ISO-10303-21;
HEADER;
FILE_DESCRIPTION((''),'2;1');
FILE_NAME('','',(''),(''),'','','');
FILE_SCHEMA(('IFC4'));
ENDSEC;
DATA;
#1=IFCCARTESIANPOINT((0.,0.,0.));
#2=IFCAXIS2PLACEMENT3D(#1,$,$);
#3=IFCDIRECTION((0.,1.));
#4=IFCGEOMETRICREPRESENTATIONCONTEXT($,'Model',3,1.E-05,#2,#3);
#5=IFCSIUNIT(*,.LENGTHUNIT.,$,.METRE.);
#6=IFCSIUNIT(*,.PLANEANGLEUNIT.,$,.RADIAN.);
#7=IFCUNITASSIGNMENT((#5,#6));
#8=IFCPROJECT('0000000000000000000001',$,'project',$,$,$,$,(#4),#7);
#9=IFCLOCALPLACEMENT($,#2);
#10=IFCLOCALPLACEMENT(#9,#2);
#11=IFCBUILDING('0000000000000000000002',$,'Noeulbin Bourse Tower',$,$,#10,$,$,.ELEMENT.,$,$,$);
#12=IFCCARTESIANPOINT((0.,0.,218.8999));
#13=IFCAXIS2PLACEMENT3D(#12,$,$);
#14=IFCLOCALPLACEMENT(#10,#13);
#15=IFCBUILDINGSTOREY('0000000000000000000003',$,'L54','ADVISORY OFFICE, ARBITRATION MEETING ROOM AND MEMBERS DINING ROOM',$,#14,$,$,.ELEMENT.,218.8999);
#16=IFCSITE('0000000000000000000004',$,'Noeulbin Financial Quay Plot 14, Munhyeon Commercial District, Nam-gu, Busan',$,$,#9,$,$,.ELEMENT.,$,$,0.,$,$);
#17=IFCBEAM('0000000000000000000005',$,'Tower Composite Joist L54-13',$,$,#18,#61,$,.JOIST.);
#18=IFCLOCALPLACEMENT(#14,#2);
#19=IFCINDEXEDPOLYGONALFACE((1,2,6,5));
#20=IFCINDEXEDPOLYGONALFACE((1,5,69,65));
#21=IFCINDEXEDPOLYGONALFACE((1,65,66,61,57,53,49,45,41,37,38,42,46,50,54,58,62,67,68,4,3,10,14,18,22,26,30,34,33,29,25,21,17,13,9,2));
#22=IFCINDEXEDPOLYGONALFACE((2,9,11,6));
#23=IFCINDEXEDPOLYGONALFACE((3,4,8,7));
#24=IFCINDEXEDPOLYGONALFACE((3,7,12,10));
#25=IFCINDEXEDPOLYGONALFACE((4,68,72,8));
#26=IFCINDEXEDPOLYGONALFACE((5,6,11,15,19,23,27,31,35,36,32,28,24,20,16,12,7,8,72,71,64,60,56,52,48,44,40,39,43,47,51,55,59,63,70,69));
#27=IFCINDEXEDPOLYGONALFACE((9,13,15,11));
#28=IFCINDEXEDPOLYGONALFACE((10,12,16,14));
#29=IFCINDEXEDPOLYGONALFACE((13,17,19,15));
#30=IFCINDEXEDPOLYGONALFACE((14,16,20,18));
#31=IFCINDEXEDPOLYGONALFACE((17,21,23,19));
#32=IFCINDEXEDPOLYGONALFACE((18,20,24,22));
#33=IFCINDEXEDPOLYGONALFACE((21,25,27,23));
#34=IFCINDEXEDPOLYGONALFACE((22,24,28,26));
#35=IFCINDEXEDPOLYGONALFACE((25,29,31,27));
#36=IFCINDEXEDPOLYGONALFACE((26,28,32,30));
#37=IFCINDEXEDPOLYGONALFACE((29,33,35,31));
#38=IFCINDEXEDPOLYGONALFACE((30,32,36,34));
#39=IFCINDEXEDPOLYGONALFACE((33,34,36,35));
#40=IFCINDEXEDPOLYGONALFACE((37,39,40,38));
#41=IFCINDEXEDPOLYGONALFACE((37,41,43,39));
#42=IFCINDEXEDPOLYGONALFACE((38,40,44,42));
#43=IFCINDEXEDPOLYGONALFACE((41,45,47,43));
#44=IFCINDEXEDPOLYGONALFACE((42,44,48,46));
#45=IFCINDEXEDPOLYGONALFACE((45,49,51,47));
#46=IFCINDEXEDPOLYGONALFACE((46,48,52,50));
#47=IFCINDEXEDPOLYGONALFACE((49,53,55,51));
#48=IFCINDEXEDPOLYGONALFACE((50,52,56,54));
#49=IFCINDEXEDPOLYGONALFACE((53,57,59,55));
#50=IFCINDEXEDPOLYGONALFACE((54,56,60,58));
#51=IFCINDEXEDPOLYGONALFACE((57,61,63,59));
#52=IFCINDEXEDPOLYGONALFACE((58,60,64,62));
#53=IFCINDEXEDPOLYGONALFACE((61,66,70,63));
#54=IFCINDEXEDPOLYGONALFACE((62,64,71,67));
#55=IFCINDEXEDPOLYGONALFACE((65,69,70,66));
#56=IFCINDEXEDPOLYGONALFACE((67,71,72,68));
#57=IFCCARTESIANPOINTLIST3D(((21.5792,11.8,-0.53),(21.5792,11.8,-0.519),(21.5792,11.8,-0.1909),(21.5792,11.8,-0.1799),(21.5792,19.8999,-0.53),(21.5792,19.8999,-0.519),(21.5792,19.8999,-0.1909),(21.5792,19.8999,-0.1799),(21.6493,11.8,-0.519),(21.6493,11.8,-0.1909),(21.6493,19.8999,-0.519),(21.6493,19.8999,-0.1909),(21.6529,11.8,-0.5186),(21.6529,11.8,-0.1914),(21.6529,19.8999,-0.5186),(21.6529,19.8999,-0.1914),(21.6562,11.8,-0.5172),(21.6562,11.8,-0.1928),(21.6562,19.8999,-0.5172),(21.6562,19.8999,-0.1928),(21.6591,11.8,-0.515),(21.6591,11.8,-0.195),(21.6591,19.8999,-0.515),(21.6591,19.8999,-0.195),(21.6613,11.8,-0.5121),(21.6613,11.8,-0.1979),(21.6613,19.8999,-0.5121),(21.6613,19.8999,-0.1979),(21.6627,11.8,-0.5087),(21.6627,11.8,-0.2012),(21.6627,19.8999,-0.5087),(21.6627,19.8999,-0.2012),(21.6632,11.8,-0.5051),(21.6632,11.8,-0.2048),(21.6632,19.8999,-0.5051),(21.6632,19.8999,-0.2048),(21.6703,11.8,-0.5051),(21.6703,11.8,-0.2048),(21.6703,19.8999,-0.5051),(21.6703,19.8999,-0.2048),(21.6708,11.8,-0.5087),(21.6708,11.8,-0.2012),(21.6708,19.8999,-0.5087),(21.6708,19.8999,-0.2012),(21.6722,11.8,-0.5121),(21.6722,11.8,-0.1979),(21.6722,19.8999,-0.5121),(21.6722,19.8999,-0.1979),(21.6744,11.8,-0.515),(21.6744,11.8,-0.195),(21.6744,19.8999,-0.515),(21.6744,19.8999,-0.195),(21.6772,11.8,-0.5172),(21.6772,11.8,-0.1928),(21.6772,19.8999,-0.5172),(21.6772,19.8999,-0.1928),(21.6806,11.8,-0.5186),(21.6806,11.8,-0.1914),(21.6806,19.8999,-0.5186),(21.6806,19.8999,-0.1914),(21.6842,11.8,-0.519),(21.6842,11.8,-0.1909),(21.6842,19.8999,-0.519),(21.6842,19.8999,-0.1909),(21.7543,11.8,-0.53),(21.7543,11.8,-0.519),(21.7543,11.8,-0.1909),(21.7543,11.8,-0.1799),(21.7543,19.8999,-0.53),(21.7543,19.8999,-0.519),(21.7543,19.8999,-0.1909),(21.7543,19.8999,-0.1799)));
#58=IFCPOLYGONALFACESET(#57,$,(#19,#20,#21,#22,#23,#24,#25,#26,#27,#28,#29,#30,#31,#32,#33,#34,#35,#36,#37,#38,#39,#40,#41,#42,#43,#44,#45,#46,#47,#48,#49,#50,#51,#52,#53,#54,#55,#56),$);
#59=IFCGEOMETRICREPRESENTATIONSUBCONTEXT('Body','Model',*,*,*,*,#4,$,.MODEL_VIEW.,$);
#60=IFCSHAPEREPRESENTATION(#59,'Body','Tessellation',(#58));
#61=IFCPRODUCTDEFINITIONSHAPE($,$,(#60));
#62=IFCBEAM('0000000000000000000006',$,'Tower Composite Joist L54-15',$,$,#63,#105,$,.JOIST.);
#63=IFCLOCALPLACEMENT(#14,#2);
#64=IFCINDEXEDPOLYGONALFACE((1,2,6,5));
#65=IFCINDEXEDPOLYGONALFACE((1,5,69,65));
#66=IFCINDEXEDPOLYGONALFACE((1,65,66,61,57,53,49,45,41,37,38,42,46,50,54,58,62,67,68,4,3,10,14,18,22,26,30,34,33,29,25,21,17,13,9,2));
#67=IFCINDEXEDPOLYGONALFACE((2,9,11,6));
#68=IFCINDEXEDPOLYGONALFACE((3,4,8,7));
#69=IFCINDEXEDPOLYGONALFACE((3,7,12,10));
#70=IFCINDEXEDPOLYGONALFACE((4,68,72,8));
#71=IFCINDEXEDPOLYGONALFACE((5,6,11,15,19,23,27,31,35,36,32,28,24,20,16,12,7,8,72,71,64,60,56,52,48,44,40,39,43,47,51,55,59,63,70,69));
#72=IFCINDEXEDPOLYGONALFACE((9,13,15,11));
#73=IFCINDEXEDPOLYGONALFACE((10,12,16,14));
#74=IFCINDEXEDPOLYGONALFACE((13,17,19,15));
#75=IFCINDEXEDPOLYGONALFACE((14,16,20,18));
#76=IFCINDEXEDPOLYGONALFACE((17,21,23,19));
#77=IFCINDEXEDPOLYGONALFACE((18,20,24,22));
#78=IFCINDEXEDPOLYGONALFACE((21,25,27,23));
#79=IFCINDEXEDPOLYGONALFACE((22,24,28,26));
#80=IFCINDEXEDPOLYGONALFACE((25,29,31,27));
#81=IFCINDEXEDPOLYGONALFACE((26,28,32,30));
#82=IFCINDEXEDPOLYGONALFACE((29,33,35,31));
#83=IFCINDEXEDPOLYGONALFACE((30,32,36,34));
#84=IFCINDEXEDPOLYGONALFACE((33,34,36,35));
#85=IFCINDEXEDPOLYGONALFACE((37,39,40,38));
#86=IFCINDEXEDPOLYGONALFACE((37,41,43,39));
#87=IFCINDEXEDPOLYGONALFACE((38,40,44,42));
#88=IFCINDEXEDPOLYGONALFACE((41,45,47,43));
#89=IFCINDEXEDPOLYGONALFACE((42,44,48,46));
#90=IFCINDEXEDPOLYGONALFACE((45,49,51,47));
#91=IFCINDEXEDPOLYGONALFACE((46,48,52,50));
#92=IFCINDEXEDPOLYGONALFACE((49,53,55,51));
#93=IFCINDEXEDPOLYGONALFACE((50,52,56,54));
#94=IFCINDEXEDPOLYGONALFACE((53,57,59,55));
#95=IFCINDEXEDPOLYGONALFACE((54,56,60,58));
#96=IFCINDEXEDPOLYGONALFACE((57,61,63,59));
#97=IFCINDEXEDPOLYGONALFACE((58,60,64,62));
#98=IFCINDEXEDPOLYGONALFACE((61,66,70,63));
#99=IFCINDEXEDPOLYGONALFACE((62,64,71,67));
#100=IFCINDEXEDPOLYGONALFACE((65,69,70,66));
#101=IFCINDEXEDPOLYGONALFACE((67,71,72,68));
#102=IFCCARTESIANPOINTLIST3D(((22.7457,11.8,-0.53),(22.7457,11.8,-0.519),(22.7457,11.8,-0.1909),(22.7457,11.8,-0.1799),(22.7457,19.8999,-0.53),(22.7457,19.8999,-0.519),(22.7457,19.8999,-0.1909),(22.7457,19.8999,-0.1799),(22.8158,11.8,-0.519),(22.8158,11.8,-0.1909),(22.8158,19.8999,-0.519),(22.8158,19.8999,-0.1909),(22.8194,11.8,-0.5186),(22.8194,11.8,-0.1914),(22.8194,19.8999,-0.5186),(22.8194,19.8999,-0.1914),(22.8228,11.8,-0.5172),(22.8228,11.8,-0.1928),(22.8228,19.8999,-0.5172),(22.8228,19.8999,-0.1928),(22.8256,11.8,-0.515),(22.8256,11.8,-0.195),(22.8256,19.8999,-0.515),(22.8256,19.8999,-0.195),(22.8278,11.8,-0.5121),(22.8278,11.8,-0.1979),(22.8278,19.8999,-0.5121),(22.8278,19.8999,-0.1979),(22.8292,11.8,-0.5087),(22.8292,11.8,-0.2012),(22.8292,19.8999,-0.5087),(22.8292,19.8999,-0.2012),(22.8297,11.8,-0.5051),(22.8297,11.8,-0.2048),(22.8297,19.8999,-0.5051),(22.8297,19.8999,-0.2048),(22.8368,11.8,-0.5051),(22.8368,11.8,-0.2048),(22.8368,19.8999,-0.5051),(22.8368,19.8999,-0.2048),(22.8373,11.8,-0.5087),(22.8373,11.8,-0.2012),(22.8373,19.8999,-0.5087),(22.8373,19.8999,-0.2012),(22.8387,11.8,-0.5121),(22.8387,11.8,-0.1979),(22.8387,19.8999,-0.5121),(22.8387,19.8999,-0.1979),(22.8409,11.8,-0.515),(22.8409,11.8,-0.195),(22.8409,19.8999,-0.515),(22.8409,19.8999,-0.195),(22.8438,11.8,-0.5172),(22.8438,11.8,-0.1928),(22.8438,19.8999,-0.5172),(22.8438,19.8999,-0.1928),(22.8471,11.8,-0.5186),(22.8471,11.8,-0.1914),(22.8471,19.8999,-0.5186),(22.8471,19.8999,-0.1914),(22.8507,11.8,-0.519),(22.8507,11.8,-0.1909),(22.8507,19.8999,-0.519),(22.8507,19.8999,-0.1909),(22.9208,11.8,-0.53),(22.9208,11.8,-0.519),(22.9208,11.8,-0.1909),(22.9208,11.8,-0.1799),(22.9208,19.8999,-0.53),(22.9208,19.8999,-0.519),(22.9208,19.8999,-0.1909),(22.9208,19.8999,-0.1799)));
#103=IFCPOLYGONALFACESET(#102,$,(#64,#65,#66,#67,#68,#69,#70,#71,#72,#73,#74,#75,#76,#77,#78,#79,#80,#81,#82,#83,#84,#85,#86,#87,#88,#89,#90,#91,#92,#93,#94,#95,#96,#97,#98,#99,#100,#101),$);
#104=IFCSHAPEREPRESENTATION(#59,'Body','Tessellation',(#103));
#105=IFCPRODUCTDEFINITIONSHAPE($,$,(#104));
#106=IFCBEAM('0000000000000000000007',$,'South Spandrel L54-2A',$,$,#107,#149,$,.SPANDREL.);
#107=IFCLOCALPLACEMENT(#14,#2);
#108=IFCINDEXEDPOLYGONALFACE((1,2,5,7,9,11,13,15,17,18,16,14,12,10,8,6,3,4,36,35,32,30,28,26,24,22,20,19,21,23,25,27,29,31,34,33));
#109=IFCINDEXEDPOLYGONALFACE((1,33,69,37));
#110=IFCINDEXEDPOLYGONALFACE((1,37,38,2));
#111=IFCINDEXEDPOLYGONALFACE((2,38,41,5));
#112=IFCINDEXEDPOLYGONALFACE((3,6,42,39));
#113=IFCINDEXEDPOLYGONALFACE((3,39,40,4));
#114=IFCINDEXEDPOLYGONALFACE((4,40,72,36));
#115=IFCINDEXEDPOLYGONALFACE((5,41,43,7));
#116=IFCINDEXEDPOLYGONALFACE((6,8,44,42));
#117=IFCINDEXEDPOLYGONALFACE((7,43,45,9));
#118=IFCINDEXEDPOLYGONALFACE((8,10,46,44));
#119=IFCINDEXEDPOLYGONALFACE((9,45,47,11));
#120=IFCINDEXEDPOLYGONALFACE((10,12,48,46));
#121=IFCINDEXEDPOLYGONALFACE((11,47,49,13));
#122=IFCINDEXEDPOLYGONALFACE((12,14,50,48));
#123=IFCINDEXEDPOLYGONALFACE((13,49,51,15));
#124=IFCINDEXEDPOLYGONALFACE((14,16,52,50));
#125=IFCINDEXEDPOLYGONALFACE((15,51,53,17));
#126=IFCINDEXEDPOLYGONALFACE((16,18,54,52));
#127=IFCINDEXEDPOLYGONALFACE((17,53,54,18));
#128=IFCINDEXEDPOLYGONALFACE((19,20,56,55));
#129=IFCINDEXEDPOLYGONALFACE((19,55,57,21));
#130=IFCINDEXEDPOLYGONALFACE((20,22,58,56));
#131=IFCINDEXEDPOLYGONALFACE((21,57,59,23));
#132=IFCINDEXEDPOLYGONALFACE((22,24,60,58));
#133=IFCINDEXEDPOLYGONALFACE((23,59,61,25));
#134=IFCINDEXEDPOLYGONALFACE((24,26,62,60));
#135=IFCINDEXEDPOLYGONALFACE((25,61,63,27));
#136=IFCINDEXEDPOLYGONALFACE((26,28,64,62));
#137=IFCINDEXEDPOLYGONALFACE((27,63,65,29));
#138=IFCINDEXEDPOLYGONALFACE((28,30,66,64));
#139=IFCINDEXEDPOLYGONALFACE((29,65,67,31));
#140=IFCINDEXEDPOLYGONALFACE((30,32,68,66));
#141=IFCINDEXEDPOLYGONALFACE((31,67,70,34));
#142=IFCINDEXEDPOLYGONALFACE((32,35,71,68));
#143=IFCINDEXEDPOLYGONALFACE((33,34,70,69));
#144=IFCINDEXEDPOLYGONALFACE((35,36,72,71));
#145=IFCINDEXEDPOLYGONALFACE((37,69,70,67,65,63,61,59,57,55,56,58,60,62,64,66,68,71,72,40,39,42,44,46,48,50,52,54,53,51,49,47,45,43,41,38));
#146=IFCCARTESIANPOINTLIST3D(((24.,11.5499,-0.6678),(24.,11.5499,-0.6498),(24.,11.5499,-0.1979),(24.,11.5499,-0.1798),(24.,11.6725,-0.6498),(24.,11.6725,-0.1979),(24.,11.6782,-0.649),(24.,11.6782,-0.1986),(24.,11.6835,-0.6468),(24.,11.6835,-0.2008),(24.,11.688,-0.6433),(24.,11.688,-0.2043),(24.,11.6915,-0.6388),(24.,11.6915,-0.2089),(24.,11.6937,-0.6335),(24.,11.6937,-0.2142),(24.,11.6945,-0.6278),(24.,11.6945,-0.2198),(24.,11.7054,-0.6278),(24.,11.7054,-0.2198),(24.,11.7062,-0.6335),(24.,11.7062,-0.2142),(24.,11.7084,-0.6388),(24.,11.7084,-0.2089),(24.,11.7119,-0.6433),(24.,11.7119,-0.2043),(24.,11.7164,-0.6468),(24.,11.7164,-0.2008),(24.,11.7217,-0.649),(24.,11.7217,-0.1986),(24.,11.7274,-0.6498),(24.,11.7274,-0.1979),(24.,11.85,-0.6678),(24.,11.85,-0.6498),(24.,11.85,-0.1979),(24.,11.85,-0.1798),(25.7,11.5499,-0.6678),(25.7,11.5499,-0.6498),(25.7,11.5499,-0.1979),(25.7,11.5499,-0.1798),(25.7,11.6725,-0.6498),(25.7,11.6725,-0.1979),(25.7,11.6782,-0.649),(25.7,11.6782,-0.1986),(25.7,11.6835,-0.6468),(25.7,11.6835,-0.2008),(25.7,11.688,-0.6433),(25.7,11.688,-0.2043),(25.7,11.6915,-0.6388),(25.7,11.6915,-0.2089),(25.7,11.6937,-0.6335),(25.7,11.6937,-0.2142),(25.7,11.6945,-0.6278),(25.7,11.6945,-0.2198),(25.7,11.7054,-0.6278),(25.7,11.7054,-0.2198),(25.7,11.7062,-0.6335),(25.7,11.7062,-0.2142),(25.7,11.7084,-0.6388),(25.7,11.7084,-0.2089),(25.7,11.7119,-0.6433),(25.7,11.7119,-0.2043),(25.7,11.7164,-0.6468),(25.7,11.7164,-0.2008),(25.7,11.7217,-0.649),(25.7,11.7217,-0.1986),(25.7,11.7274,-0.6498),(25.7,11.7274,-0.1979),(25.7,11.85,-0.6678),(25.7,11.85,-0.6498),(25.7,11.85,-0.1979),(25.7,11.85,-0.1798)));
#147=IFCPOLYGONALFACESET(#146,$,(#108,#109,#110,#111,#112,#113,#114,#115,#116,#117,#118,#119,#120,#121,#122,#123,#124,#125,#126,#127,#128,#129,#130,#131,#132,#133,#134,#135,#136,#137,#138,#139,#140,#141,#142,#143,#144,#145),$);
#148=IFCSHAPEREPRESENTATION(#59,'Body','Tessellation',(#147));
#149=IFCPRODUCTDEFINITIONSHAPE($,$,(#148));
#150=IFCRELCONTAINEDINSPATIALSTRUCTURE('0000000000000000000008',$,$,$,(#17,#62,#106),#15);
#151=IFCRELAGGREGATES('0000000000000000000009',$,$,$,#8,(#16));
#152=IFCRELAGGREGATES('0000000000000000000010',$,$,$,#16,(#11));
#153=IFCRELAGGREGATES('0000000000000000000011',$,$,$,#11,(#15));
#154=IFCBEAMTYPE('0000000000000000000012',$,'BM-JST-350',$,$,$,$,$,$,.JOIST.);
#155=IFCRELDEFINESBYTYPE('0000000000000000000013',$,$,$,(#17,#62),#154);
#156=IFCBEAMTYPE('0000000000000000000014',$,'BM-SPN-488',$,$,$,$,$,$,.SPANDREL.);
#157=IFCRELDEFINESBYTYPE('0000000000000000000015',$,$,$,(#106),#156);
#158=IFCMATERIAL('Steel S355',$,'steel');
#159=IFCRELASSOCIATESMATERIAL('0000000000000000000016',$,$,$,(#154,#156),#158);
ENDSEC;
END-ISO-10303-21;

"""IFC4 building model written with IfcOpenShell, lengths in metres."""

from ifc_helpers import new_model, si_unit, direction, frame, origin, origin_2d, place, context, subcontext, project, spatial, i_section, extrude, material, material_profile, profile_set, type_object, element, save


model = new_model("IFC4")

# Units and contexts
model_context = context("Model", 3, precision=1e-05, world=origin(), true_north=direction((0.0, 1.0)))
body_context = subcontext(model_context, "Body", "Model", "MODEL_VIEW")
ifc_project = project(units=[si_unit("LENGTHUNIT", "METRE"), si_unit("PLANEANGLEUNIT", "RADIAN")], contexts=[model_context])

# Site, building, storey
site_placement = place(None, origin())
site = spatial("IfcSite", under=ifc_project, at=site_placement, Name="Noeulbin Financial Quay Plot 14, Munhyeon Commercial District, Nam-gu, Busan", CompositionType="ELEMENT", RefElevation=0.0)
building_placement = place(site_placement, origin())
building = spatial("IfcBuilding", under=site, at=building_placement, Name="Noeulbin Bourse Tower", CompositionType="ELEMENT")
storey_placement = place(building_placement, frame((0.0, 0.0, 218.8999)))
storey = spatial("IfcBuildingStorey", under=building, at=storey_placement, Name="L54", Description="ADVISORY OFFICE, ARBITRATION MEETING ROOM AND MEMBERS DINING ROOM", CompositionType="ELEMENT", Elevation=218.8999)

# Shared definitions
ifc_material_1 = material(Name="Steel S355", Category="steel")

# Beams
ifc_material_profile_1 = material_profile(ifc_material_1, i_section(OverallWidth=0.175, OverallDepth=0.3501, WebThickness=0.0071, FlangeThickness=0.011, FilletRadius=0.0139, at=origin_2d()), Name="H-350x175x7x11", Category="LoadBearing")
ifc_profile_set_1 = profile_set([ifc_material_profile_1], Name="Steel S355")
beam_type_1 = type_object("IfcBeamType", Name="BM-JST-350", PredefinedType="JOIST", material=ifc_profile_set_1)
for number, where, z_axis, x_axis, name in (
    (1, (21.6667, 11.8, -0.355), (0.0, 1.0, 0.0), (-1.0, 0.0, 0.0), "Tower Composite Joist L54-13"),
    (2, (22.8333, 11.8, -0.355), (0.0, 1.0, 0.0), (-1.0, 0.0, 0.0), "Tower Composite Joist L54-15"),
):
    element("IfcBeam", number, at=place(storey_placement, frame(where, z_axis=z_axis, x_axis=x_axis)), inside=storey, type_object=beam_type_1, Name=name, PredefinedType="JOIST", context=body_context, shape_type="SweptSolid", body=[
        extrude(i_section(OverallWidth=0.175, OverallDepth=0.3501, WebThickness=0.0071, FlangeThickness=0.011, FilletRadius=0.0139, at=origin_2d()), origin(), (0.0, 0.0, 1.0), 8.0999),
    ])
ifc_material_profile_2 = material_profile(ifc_material_1, i_section(OverallWidth=0.3, OverallDepth=0.488, WebThickness=0.011, FlangeThickness=0.0181, FilletRadius=0.022, at=origin_2d()), Name="H-488x300x11x18", Category="LoadBearing")
ifc_profile_set_2 = profile_set([ifc_material_profile_2], Name="Steel S355")
beam_type_2 = type_object("IfcBeamType", Name="BM-SPN-488", PredefinedType="SPANDREL", material=ifc_profile_set_2)
beam_1_placement = place(storey_placement, frame((24.0, 11.7, -0.4238), z_axis=(1.0, 0.0, 0.0), x_axis=(0.0, 1.0, 0.0)))
element("IfcBeam", 3, at=beam_1_placement, inside=storey, type_object=beam_type_2, Name="South Spandrel L54-2A", PredefinedType="SPANDREL", context=body_context, shape_type="SweptSolid", body=[
    extrude(i_section(OverallWidth=0.3, OverallDepth=0.488, WebThickness=0.011, FlangeThickness=0.0181, FilletRadius=0.022, at=origin_2d()), origin(), (0.0, 0.0, 1.0), 1.7),
])

save(model, "model.ifc")
